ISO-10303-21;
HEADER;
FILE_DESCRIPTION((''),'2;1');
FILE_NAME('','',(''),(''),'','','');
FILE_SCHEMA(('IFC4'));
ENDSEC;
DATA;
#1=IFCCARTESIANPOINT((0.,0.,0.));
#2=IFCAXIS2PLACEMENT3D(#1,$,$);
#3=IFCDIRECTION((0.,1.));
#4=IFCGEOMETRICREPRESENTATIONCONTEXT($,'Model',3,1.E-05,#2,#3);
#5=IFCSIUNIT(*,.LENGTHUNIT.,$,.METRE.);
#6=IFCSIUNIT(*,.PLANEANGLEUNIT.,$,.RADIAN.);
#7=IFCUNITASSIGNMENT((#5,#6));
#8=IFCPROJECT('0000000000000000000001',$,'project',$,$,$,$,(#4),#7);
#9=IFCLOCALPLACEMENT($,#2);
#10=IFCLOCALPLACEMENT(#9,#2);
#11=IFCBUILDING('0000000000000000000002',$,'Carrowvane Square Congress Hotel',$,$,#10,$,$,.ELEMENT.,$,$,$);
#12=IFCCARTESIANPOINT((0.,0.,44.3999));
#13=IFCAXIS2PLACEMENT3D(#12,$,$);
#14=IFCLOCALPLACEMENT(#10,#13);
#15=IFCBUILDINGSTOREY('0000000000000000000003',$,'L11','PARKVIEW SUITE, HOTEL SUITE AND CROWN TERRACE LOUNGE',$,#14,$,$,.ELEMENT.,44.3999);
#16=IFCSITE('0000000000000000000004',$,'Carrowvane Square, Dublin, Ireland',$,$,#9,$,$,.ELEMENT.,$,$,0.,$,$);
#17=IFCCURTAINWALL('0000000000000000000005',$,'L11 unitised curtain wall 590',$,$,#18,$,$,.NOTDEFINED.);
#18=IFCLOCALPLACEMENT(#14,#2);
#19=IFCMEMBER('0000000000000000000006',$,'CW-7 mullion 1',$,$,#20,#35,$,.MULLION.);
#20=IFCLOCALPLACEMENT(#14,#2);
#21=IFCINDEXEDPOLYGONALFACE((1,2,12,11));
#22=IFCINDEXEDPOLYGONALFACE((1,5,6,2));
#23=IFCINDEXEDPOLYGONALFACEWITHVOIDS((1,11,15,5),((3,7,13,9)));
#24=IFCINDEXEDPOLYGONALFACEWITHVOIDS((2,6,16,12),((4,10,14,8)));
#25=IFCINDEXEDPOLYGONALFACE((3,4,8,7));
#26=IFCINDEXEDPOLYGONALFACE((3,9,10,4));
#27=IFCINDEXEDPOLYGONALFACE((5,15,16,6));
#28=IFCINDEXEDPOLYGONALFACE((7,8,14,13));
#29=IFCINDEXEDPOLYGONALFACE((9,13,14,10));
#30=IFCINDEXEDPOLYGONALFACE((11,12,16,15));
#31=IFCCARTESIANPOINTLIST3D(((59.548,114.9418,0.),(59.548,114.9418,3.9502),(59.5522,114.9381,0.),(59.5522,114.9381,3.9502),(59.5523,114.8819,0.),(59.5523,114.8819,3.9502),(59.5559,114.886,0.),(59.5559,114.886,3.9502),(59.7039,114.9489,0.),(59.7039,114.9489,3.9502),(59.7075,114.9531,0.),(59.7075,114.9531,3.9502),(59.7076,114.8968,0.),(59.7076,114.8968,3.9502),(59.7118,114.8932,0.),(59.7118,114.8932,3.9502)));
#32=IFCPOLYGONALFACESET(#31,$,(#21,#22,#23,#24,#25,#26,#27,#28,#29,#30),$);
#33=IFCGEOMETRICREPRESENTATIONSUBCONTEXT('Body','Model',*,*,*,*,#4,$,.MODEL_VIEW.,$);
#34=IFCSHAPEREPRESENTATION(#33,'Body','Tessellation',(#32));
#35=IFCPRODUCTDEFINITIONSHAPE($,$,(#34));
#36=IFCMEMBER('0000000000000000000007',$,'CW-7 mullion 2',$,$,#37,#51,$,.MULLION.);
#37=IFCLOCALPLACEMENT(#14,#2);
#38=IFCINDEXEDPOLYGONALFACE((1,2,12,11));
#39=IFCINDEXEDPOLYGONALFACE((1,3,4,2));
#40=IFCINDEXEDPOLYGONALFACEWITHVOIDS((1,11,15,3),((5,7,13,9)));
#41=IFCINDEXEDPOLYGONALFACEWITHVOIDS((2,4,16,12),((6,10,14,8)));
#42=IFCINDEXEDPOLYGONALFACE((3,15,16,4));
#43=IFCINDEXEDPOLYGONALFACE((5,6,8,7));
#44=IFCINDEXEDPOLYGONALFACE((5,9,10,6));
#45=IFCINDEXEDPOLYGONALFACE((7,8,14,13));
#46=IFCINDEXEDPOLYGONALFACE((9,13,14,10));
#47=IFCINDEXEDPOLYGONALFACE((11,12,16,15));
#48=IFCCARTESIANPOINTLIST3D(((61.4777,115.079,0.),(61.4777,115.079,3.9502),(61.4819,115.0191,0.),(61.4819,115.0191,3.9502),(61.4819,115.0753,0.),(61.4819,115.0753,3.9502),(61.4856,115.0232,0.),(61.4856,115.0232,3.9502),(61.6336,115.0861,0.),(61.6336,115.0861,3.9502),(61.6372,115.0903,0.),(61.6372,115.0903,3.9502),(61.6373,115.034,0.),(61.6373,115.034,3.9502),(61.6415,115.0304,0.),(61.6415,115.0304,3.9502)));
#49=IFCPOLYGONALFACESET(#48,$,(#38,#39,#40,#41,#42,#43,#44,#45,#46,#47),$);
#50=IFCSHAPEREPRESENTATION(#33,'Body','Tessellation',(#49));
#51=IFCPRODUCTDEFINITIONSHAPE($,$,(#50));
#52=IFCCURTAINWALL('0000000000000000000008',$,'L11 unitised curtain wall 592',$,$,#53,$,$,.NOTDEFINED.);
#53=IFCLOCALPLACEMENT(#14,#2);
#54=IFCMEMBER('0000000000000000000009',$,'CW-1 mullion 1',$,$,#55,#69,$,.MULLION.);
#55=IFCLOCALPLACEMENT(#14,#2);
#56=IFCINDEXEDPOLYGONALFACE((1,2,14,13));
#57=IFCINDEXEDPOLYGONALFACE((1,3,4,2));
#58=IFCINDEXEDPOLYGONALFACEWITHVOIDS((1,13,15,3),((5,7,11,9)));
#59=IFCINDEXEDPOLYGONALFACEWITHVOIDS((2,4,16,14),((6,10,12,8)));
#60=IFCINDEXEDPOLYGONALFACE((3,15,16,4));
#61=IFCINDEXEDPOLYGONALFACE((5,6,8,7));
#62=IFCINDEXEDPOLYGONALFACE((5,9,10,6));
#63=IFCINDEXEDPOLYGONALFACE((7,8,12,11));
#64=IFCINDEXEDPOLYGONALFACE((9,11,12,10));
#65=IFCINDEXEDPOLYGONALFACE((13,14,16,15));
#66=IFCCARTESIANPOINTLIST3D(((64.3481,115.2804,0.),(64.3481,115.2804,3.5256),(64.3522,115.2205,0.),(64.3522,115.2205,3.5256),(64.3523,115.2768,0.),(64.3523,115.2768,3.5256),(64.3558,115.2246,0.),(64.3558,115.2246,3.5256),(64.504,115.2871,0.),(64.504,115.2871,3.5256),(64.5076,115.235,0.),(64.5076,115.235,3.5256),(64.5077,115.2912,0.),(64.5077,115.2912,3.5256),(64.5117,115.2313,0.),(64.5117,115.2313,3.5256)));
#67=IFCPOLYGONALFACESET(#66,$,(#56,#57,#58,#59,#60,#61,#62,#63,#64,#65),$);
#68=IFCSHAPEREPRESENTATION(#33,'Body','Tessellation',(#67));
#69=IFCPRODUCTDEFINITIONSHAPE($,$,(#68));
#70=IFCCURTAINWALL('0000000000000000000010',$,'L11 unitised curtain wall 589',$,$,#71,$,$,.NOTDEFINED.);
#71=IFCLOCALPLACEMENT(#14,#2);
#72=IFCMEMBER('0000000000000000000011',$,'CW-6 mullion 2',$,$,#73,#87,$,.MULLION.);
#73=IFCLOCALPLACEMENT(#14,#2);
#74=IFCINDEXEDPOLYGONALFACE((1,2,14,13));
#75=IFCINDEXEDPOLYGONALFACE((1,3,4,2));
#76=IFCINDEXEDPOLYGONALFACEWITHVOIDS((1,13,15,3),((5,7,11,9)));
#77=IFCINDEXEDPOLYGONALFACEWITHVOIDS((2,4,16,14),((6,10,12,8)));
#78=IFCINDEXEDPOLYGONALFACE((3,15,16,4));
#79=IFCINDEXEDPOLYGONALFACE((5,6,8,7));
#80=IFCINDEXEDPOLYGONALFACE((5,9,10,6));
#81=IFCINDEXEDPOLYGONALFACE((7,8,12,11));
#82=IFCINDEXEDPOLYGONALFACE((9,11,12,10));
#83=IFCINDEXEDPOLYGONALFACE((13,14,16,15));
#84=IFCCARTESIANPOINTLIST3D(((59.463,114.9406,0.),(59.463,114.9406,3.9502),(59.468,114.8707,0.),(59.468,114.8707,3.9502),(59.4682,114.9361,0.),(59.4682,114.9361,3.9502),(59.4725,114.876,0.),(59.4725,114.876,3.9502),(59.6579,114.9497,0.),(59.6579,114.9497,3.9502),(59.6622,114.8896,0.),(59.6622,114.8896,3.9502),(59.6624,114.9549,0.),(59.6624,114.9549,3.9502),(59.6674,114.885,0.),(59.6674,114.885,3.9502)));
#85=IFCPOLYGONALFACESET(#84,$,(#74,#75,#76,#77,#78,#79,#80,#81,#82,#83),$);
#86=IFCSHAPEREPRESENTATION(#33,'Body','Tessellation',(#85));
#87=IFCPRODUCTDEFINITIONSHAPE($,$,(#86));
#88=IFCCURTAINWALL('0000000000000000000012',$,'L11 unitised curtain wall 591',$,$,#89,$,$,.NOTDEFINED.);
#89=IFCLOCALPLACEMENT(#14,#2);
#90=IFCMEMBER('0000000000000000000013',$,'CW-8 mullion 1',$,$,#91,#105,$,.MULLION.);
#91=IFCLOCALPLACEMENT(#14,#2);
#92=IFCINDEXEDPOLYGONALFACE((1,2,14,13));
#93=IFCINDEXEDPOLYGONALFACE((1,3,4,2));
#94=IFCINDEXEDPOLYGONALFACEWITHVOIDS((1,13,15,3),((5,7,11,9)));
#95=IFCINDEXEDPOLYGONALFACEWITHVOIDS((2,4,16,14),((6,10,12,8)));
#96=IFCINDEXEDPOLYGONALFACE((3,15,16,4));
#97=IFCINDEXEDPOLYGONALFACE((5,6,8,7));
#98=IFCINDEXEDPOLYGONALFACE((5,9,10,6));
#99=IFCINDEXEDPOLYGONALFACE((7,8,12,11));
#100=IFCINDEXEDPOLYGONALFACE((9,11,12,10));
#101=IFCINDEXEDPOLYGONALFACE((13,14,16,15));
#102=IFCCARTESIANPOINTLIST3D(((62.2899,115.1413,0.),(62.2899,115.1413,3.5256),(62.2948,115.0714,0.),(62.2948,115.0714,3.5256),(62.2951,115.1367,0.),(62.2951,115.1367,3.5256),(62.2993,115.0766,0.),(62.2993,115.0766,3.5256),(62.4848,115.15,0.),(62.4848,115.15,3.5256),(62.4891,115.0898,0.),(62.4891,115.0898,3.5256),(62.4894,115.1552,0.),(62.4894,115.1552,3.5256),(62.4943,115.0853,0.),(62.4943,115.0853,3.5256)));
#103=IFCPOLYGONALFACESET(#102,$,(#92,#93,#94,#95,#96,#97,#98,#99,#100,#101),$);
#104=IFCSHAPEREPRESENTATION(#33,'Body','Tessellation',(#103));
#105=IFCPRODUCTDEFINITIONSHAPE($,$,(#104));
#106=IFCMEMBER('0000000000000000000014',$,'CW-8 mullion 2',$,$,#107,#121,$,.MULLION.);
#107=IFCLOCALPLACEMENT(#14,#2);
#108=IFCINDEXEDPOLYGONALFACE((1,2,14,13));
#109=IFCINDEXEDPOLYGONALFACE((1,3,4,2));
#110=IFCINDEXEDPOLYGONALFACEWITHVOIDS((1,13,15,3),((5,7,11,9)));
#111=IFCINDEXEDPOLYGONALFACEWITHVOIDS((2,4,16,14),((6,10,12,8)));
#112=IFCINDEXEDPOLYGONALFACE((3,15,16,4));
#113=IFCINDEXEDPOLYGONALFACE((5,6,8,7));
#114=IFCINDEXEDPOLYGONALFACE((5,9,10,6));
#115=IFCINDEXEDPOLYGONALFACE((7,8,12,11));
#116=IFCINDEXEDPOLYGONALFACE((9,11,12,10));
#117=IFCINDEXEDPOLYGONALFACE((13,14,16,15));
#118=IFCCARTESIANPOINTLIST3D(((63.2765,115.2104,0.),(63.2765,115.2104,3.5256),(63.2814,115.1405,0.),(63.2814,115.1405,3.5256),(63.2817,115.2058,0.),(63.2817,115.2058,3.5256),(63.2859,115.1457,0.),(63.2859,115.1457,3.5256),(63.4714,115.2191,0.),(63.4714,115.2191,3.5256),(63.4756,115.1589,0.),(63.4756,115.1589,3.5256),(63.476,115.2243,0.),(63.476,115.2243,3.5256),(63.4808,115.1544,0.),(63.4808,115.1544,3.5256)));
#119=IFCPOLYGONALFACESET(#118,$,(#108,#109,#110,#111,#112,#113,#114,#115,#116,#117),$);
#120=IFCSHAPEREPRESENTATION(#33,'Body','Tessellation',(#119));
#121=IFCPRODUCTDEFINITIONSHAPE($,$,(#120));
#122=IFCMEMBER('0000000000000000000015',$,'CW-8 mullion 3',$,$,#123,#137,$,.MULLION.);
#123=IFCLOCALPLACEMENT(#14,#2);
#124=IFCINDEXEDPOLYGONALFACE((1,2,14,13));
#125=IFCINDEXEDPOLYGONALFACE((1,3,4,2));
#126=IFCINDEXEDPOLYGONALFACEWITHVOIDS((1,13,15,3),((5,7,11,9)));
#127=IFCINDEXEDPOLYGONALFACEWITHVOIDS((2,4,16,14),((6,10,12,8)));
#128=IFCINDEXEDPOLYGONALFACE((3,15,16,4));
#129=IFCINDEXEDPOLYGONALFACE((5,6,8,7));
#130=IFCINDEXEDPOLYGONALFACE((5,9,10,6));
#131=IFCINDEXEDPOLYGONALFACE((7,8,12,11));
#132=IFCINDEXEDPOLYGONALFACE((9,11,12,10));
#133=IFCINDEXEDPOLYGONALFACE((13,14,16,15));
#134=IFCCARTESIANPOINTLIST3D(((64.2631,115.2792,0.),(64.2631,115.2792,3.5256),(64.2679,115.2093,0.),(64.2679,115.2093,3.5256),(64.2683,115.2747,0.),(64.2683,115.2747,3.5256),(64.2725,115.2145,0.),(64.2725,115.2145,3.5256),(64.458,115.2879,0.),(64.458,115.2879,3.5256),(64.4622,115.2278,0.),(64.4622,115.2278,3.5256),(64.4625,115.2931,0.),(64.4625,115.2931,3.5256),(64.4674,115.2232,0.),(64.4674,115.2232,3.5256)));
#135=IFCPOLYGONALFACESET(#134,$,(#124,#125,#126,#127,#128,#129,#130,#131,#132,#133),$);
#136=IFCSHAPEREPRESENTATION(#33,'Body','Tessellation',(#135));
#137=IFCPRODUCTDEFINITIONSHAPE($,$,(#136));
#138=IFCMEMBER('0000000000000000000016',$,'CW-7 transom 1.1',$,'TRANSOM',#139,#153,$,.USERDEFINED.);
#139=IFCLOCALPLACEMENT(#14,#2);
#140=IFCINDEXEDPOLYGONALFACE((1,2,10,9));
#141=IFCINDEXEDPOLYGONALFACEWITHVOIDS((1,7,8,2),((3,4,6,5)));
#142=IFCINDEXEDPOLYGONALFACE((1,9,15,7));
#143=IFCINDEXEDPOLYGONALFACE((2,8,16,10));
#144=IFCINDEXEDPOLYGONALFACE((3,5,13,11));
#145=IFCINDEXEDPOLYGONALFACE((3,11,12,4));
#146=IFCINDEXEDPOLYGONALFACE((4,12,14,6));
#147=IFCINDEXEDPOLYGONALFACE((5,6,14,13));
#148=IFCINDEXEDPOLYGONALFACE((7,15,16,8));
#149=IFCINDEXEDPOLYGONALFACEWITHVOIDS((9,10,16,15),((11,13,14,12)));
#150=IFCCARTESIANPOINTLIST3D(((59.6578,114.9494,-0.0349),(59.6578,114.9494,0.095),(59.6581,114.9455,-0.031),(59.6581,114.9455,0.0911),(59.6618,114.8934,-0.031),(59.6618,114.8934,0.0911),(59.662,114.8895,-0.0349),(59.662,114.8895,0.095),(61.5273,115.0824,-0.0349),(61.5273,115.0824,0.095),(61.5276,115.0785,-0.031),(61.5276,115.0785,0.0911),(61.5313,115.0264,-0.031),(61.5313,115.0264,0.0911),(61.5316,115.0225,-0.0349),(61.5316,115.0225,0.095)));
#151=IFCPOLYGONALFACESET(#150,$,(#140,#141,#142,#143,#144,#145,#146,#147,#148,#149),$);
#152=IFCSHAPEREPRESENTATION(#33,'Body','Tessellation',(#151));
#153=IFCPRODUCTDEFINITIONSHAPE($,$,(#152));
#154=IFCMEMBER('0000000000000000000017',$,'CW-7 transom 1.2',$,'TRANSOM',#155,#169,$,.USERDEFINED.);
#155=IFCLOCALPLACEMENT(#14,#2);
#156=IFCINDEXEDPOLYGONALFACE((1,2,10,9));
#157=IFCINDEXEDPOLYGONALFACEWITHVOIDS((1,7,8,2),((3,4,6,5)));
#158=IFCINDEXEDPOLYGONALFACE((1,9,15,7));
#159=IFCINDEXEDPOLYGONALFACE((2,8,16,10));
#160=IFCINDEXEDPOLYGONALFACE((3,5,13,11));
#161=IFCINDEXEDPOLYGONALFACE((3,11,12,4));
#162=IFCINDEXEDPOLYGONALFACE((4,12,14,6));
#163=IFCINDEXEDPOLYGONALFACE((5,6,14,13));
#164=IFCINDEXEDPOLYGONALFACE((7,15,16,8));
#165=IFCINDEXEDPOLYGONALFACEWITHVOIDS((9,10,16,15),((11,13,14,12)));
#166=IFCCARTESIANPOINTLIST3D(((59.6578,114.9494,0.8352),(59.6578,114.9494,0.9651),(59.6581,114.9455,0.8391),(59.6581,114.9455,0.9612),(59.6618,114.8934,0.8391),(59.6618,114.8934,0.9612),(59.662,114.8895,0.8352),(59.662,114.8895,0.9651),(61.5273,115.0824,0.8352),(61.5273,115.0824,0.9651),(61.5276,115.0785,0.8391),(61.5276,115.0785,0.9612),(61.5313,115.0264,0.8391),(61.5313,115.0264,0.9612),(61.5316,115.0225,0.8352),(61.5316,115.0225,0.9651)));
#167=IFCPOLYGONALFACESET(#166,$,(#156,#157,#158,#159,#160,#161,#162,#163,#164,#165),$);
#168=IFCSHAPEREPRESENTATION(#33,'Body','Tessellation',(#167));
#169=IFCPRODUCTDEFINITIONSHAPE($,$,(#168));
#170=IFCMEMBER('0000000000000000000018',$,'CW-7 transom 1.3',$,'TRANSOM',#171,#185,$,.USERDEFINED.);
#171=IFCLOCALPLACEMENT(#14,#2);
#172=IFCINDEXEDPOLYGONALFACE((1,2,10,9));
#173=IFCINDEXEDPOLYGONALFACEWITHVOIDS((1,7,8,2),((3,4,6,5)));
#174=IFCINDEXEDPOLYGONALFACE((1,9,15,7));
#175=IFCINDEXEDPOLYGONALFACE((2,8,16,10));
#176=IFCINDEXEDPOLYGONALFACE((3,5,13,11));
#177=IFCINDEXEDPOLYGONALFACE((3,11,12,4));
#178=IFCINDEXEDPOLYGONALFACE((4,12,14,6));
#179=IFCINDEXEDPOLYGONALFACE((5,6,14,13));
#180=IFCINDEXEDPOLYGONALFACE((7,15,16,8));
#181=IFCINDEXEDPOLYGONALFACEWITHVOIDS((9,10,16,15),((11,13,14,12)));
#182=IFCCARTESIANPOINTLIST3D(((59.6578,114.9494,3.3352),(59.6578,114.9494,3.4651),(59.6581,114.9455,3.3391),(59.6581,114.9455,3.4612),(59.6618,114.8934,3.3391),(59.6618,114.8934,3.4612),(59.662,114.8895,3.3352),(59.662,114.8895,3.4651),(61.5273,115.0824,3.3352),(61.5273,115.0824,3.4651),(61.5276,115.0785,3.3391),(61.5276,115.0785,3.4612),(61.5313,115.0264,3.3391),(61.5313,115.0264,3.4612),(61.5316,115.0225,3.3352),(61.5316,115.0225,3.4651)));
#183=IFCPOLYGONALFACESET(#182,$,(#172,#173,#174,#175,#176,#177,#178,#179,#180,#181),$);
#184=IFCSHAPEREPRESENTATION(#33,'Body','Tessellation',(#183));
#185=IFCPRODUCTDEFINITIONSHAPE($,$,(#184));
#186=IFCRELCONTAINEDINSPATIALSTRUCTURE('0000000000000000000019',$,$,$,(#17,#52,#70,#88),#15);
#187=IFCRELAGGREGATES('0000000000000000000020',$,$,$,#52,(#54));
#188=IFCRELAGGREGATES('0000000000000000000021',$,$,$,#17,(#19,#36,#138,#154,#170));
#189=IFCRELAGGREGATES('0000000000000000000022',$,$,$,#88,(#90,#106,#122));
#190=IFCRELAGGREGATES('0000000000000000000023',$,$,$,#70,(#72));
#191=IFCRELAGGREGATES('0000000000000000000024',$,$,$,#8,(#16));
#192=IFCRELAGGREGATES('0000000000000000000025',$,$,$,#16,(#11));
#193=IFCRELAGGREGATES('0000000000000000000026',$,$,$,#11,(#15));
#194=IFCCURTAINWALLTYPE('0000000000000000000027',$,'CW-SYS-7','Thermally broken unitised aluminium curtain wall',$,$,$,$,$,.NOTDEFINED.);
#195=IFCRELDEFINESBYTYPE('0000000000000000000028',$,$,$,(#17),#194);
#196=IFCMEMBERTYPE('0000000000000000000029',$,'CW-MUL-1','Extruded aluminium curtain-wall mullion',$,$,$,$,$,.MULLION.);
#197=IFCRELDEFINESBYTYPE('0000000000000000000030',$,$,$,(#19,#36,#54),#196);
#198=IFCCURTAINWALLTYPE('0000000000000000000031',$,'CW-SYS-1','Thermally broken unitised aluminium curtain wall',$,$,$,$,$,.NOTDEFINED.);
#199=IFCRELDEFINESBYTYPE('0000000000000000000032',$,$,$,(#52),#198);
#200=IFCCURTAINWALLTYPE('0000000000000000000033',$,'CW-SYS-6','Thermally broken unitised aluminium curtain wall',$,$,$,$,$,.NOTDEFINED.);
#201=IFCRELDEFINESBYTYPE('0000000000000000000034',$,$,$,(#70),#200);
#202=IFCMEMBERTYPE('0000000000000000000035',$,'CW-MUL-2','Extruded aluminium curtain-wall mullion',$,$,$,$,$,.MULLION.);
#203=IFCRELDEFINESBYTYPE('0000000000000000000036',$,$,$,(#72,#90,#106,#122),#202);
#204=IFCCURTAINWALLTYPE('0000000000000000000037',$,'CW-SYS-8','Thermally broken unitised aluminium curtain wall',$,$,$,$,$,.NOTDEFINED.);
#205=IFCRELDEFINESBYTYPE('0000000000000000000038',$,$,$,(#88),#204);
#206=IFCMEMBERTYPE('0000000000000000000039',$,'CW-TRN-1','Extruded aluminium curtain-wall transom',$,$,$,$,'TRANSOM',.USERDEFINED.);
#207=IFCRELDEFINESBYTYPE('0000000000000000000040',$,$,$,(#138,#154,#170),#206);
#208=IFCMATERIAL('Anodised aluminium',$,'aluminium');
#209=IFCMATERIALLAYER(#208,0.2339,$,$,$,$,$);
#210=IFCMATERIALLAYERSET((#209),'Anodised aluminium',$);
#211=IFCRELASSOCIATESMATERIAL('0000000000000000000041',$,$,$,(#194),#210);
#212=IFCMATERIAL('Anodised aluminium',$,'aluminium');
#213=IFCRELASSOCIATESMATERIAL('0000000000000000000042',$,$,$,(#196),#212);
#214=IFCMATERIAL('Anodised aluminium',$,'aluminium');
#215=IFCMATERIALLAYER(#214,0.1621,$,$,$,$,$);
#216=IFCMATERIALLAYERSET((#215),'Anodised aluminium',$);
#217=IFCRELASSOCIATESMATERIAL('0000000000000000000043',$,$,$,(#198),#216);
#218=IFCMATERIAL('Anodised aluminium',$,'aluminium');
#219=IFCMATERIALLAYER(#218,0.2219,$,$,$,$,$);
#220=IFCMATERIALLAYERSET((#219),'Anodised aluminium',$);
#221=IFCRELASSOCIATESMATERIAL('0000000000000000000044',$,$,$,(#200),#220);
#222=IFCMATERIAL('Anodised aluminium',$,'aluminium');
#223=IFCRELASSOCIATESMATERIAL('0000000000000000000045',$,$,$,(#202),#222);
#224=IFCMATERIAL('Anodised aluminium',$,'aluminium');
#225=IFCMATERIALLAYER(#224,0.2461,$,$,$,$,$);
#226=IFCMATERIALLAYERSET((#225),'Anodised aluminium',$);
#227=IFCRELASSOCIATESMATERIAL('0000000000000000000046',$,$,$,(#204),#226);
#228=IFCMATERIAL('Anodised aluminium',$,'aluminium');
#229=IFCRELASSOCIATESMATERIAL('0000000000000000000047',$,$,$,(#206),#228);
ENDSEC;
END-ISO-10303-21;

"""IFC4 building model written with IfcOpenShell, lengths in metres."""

from ifc_helpers import new_model, si_unit, direction, frame, origin, origin_2d, place, context, subcontext, project, spatial, hollow_rectangle, extrude, material, layer, layer_set, material_profile, profile_set, type_object, element, aggregate, save


model = new_model("IFC4")

# Units and contexts
model_context = context("Model", 3, precision=1e-05, world=origin(), true_north=direction((0.0, 1.0)))
body_context = subcontext(model_context, "Body", "Model", "MODEL_VIEW")
ifc_project = project(units=[si_unit("LENGTHUNIT", "METRE"), si_unit("PLANEANGLEUNIT", "RADIAN")], contexts=[model_context])

# Site, building, storey
site_placement = place(None, origin())
site = spatial("IfcSite", under=ifc_project, at=site_placement, Name="Carrowvane Square, Dublin, Ireland", CompositionType="ELEMENT", RefElevation=0.0)
building_placement = place(site_placement, origin())
building = spatial("IfcBuilding", under=site, at=building_placement, Name="Carrowvane Square Congress Hotel", CompositionType="ELEMENT")
storey_placement = place(building_placement, frame((0.0, 0.0, 44.3999)))
storey = spatial("IfcBuildingStorey", under=building, at=storey_placement, Name="L11", Description="PARKVIEW SUITE, HOTEL SUITE AND CROWN TERRACE LOUNGE", CompositionType="ELEMENT", Elevation=44.3999)

# Curtain wall, members
ifc_material_1 = material(Name="Anodised aluminium", Category="aluminium")
ifc_layer_1 = layer(ifc_material_1, 0.2339)
ifc_layer_set_1 = layer_set([ifc_layer_1], Name="Anodised aluminium")
curtain_wall_type_1 = type_object("IfcCurtainWallType", Name="CW-SYS-7", Description="Thermally broken unitised aluminium curtain wall", PredefinedType="NOTDEFINED", material=ifc_layer_set_1)
curtain_wall_1_placement = place(storey_placement, origin())
curtain_wall_1 = element("IfcCurtainWall", 1, at=curtain_wall_1_placement, inside=storey, type_object=curtain_wall_type_1, Name="L11 unitised curtain wall 590", PredefinedType="NOTDEFINED")
ifc_material_2 = material(Name="Anodised aluminium", Category="aluminium")
ifc_material_profile_1 = material_profile(ifc_material_2, hollow_rectangle(XDim=0.0601, YDim=0.1599, WallThickness=0.0039, at=origin_2d()), Name="CW-ML 60x160x4")
ifc_profile_set_1 = profile_set([ifc_material_profile_1], Name="Anodised aluminium")
member_type_1 = type_object("IfcMemberType", Name="CW-MUL-1", Description="Extruded aluminium curtain-wall mullion", PredefinedType="MULLION", material=ifc_profile_set_1)
member_1_placement = place(storey_placement, frame((59.6299, 114.9175, 0.0), z_axis=(0.0, 0.0, 1.0), x_axis=(-0.07096, 0.997479, 0.0)))
member_1 = element("IfcMember", 2, at=member_1_placement, type_object=member_type_1, Name="CW-7 mullion 1", PredefinedType="MULLION", context=body_context, shape_type="SweptSolid", body=[
    extrude(hollow_rectangle(XDim=0.0601, YDim=0.1599, WallThickness=0.0039, at=origin_2d()), origin(), (0.0, 0.0, 1.0), 3.9502),
])
member_2_placement = place(storey_placement, frame((61.5596, 115.0547, 0.0), z_axis=(0.0, 0.0, 1.0), x_axis=(-0.07096, 0.997479, 0.0)))
member_2 = element("IfcMember", 3, at=member_2_placement, type_object=member_type_1, Name="CW-7 mullion 2", PredefinedType="MULLION", context=body_context, shape_type="SweptSolid", body=[
    extrude(hollow_rectangle(XDim=0.0601, YDim=0.1599, WallThickness=0.0039, at=origin_2d()), origin(), (0.0, 0.0, 1.0), 3.9502),
])

# Curtain walls, members
ifc_material_3 = material(Name="Anodised aluminium", Category="aluminium")
ifc_layer_2 = layer(ifc_material_3, 0.1621)
ifc_layer_set_2 = layer_set([ifc_layer_2], Name="Anodised aluminium")
curtain_wall_type_2 = type_object("IfcCurtainWallType", Name="CW-SYS-1", Description="Thermally broken unitised aluminium curtain wall", PredefinedType="NOTDEFINED", material=ifc_layer_set_2)
curtain_wall_2_placement = place(storey_placement, origin())
curtain_wall_2 = element("IfcCurtainWall", 4, at=curtain_wall_2_placement, inside=storey, type_object=curtain_wall_type_2, Name="L11 unitised curtain wall 592", PredefinedType="NOTDEFINED")
member_3_placement = place(storey_placement, frame((64.4299, 115.2559, 0.0), z_axis=(0.0, 0.0, 1.0), x_axis=(-0.067865, 0.997694, 0.0)))
member_3 = element("IfcMember", 5, at=member_3_placement, type_object=member_type_1, Name="CW-1 mullion 1", PredefinedType="MULLION", context=body_context, shape_type="SweptSolid", body=[
    extrude(hollow_rectangle(XDim=0.0601, YDim=0.1599, WallThickness=0.0039, at=origin_2d()), origin(), (0.0, 0.0, 1.0), 3.5256),
])
ifc_material_4 = material(Name="Anodised aluminium", Category="aluminium")
ifc_layer_3 = layer(ifc_material_4, 0.2219)
ifc_layer_set_3 = layer_set([ifc_layer_3], Name="Anodised aluminium")
curtain_wall_type_3 = type_object("IfcCurtainWallType", Name="CW-SYS-6", Description="Thermally broken unitised aluminium curtain wall", PredefinedType="NOTDEFINED", material=ifc_layer_set_3)
curtain_wall_3_placement = place(storey_placement, origin())
curtain_wall_3 = element("IfcCurtainWall", 6, at=curtain_wall_3_placement, inside=storey, type_object=curtain_wall_type_3, Name="L11 unitised curtain wall 589", PredefinedType="NOTDEFINED")
ifc_material_5 = material(Name="Anodised aluminium", Category="aluminium")
ifc_material_profile_2 = material_profile(ifc_material_5, hollow_rectangle(XDim=0.0701, YDim=0.2, WallThickness=0.0049, at=origin_2d()), Name="CW-ML 70x200x5")
ifc_profile_set_2 = profile_set([ifc_material_profile_2], Name="Anodised aluminium")
member_type_2 = type_object("IfcMemberType", Name="CW-MUL-2", Description="Extruded aluminium curtain-wall mullion", PredefinedType="MULLION", material=ifc_profile_set_2)
member_4_placement = place(storey_placement, frame((59.5652, 114.9128, 0.0), z_axis=(0.0, 0.0, 1.0), x_axis=(-0.071532, 0.997438, 0.0)))
member_4 = element("IfcMember", 7, at=member_4_placement, type_object=member_type_2, Name="CW-6 mullion 2", PredefinedType="MULLION", context=body_context, shape_type="SweptSolid", body=[
    extrude(hollow_rectangle(XDim=0.0701, YDim=0.2, WallThickness=0.0049, at=origin_2d()), origin(), (0.0, 0.0, 1.0), 3.9502),
])

# Curtain wall, members
ifc_material_6 = material(Name="Anodised aluminium", Category="aluminium")
ifc_layer_4 = layer(ifc_material_6, 0.2461)
ifc_layer_set_4 = layer_set([ifc_layer_4], Name="Anodised aluminium")
curtain_wall_type_4 = type_object("IfcCurtainWallType", Name="CW-SYS-8", Description="Thermally broken unitised aluminium curtain wall", PredefinedType="NOTDEFINED", material=ifc_layer_set_4)
curtain_wall_4_placement = place(storey_placement, origin())
curtain_wall_4 = element("IfcCurtainWall", 8, at=curtain_wall_4_placement, inside=storey, type_object=curtain_wall_type_4, Name="L11 unitised curtain wall 591", PredefinedType="NOTDEFINED")
member_5_placement = place(storey_placement, frame((62.3921, 115.1133, 0.0), z_axis=(0.0, 0.0, 1.0), x_axis=(-0.069724, 0.997566, 0.0)))
member_5 = element("IfcMember", 9, at=member_5_placement, type_object=member_type_2, Name="CW-8 mullion 1", PredefinedType="MULLION", context=body_context, shape_type="SweptSolid", body=[
    extrude(hollow_rectangle(XDim=0.0701, YDim=0.2, WallThickness=0.0049, at=origin_2d()), origin(), (0.0, 0.0, 1.0), 3.5256),
])
member_6_placement = place(storey_placement, frame((63.3787, 115.1824, 0.0), z_axis=(0.0, 0.0, 1.0), x_axis=(-0.069724, 0.997566, 0.0)))
member_6 = element("IfcMember", 10, at=member_6_placement, type_object=member_type_2, Name="CW-8 mullion 2", PredefinedType="MULLION", context=body_context, shape_type="SweptSolid", body=[
    extrude(hollow_rectangle(XDim=0.0701, YDim=0.2, WallThickness=0.0049, at=origin_2d()), origin(), (0.0, 0.0, 1.0), 3.5256),
])
member_7_placement = place(storey_placement, frame((64.3652, 115.2512, 0.0), z_axis=(0.0, 0.0, 1.0), x_axis=(-0.069724, 0.997566, 0.0)))
member_7 = element("IfcMember", 11, at=member_7_placement, type_object=member_type_2, Name="CW-8 mullion 3", PredefinedType="MULLION", context=body_context, shape_type="SweptSolid", body=[
    extrude(hollow_rectangle(XDim=0.0701, YDim=0.2, WallThickness=0.0049, at=origin_2d()), origin(), (0.0, 0.0, 1.0), 3.5256),
])

# Members
ifc_material_7 = material(Name="Anodised aluminium", Category="aluminium")
ifc_material_profile_3 = material_profile(ifc_material_7, hollow_rectangle(XDim=0.0601, YDim=0.1299, WallThickness=0.0039, at=origin_2d()), Name="CW-TR 60x130x4")
ifc_profile_set_3 = profile_set([ifc_material_profile_3], Name="Anodised aluminium")
member_type_3 = type_object("IfcMemberType", Name="CW-TRN-1", Description="Extruded aluminium curtain-wall transom", ElementType="TRANSOM", PredefinedType="USERDEFINED", material=ifc_profile_set_3)
member_8_placement = place(storey_placement, frame((59.6599, 114.9194, 0.03), z_axis=(0.997477, 0.070988, 0.0), x_axis=(-0.070988, 0.997477, 0.0)))
member_8 = element("IfcMember", 12, at=member_8_placement, type_object=member_type_3, Name="CW-7 transom 1.1", ObjectType="TRANSOM", PredefinedType="USERDEFINED", context=body_context, shape_type="SweptSolid", body=[
    extrude(hollow_rectangle(XDim=0.0601, YDim=0.1299, WallThickness=0.0039, at=origin_2d()), origin(), (0.0, 0.0, 1.0), 1.8743),
])
member_9_placement = place(storey_placement, frame((59.6599, 114.9194, 0.9001), z_axis=(0.997477, 0.070988, 0.0), x_axis=(-0.070988, 0.997477, 0.0)))
member_9 = element("IfcMember", 13, at=member_9_placement, type_object=member_type_3, Name="CW-7 transom 1.2", ObjectType="TRANSOM", PredefinedType="USERDEFINED", context=body_context, shape_type="SweptSolid", body=[
    extrude(hollow_rectangle(XDim=0.0601, YDim=0.1299, WallThickness=0.0039, at=origin_2d()), origin(), (0.0, 0.0, 1.0), 1.8743),
])
member_10_placement = place(storey_placement, frame((59.6599, 114.9194, 3.4001), z_axis=(0.997477, 0.070988, 0.0), x_axis=(-0.070988, 0.997477, 0.0)))
member_10 = element("IfcMember", 14, at=member_10_placement, type_object=member_type_3, Name="CW-7 transom 1.3", ObjectType="TRANSOM", PredefinedType="USERDEFINED", context=body_context, shape_type="SweptSolid", body=[
    extrude(hollow_rectangle(XDim=0.0601, YDim=0.1299, WallThickness=0.0039, at=origin_2d()), origin(), (0.0, 0.0, 1.0), 1.8743),
])
aggregate(curtain_wall_2, [member_3])

aggregate(curtain_wall_1, [member_1, member_2, member_8, member_9, member_10])
aggregate(curtain_wall_4, [member_5, member_6, member_7])
aggregate(curtain_wall_3, [member_4])

save(model, "model.ifc")
